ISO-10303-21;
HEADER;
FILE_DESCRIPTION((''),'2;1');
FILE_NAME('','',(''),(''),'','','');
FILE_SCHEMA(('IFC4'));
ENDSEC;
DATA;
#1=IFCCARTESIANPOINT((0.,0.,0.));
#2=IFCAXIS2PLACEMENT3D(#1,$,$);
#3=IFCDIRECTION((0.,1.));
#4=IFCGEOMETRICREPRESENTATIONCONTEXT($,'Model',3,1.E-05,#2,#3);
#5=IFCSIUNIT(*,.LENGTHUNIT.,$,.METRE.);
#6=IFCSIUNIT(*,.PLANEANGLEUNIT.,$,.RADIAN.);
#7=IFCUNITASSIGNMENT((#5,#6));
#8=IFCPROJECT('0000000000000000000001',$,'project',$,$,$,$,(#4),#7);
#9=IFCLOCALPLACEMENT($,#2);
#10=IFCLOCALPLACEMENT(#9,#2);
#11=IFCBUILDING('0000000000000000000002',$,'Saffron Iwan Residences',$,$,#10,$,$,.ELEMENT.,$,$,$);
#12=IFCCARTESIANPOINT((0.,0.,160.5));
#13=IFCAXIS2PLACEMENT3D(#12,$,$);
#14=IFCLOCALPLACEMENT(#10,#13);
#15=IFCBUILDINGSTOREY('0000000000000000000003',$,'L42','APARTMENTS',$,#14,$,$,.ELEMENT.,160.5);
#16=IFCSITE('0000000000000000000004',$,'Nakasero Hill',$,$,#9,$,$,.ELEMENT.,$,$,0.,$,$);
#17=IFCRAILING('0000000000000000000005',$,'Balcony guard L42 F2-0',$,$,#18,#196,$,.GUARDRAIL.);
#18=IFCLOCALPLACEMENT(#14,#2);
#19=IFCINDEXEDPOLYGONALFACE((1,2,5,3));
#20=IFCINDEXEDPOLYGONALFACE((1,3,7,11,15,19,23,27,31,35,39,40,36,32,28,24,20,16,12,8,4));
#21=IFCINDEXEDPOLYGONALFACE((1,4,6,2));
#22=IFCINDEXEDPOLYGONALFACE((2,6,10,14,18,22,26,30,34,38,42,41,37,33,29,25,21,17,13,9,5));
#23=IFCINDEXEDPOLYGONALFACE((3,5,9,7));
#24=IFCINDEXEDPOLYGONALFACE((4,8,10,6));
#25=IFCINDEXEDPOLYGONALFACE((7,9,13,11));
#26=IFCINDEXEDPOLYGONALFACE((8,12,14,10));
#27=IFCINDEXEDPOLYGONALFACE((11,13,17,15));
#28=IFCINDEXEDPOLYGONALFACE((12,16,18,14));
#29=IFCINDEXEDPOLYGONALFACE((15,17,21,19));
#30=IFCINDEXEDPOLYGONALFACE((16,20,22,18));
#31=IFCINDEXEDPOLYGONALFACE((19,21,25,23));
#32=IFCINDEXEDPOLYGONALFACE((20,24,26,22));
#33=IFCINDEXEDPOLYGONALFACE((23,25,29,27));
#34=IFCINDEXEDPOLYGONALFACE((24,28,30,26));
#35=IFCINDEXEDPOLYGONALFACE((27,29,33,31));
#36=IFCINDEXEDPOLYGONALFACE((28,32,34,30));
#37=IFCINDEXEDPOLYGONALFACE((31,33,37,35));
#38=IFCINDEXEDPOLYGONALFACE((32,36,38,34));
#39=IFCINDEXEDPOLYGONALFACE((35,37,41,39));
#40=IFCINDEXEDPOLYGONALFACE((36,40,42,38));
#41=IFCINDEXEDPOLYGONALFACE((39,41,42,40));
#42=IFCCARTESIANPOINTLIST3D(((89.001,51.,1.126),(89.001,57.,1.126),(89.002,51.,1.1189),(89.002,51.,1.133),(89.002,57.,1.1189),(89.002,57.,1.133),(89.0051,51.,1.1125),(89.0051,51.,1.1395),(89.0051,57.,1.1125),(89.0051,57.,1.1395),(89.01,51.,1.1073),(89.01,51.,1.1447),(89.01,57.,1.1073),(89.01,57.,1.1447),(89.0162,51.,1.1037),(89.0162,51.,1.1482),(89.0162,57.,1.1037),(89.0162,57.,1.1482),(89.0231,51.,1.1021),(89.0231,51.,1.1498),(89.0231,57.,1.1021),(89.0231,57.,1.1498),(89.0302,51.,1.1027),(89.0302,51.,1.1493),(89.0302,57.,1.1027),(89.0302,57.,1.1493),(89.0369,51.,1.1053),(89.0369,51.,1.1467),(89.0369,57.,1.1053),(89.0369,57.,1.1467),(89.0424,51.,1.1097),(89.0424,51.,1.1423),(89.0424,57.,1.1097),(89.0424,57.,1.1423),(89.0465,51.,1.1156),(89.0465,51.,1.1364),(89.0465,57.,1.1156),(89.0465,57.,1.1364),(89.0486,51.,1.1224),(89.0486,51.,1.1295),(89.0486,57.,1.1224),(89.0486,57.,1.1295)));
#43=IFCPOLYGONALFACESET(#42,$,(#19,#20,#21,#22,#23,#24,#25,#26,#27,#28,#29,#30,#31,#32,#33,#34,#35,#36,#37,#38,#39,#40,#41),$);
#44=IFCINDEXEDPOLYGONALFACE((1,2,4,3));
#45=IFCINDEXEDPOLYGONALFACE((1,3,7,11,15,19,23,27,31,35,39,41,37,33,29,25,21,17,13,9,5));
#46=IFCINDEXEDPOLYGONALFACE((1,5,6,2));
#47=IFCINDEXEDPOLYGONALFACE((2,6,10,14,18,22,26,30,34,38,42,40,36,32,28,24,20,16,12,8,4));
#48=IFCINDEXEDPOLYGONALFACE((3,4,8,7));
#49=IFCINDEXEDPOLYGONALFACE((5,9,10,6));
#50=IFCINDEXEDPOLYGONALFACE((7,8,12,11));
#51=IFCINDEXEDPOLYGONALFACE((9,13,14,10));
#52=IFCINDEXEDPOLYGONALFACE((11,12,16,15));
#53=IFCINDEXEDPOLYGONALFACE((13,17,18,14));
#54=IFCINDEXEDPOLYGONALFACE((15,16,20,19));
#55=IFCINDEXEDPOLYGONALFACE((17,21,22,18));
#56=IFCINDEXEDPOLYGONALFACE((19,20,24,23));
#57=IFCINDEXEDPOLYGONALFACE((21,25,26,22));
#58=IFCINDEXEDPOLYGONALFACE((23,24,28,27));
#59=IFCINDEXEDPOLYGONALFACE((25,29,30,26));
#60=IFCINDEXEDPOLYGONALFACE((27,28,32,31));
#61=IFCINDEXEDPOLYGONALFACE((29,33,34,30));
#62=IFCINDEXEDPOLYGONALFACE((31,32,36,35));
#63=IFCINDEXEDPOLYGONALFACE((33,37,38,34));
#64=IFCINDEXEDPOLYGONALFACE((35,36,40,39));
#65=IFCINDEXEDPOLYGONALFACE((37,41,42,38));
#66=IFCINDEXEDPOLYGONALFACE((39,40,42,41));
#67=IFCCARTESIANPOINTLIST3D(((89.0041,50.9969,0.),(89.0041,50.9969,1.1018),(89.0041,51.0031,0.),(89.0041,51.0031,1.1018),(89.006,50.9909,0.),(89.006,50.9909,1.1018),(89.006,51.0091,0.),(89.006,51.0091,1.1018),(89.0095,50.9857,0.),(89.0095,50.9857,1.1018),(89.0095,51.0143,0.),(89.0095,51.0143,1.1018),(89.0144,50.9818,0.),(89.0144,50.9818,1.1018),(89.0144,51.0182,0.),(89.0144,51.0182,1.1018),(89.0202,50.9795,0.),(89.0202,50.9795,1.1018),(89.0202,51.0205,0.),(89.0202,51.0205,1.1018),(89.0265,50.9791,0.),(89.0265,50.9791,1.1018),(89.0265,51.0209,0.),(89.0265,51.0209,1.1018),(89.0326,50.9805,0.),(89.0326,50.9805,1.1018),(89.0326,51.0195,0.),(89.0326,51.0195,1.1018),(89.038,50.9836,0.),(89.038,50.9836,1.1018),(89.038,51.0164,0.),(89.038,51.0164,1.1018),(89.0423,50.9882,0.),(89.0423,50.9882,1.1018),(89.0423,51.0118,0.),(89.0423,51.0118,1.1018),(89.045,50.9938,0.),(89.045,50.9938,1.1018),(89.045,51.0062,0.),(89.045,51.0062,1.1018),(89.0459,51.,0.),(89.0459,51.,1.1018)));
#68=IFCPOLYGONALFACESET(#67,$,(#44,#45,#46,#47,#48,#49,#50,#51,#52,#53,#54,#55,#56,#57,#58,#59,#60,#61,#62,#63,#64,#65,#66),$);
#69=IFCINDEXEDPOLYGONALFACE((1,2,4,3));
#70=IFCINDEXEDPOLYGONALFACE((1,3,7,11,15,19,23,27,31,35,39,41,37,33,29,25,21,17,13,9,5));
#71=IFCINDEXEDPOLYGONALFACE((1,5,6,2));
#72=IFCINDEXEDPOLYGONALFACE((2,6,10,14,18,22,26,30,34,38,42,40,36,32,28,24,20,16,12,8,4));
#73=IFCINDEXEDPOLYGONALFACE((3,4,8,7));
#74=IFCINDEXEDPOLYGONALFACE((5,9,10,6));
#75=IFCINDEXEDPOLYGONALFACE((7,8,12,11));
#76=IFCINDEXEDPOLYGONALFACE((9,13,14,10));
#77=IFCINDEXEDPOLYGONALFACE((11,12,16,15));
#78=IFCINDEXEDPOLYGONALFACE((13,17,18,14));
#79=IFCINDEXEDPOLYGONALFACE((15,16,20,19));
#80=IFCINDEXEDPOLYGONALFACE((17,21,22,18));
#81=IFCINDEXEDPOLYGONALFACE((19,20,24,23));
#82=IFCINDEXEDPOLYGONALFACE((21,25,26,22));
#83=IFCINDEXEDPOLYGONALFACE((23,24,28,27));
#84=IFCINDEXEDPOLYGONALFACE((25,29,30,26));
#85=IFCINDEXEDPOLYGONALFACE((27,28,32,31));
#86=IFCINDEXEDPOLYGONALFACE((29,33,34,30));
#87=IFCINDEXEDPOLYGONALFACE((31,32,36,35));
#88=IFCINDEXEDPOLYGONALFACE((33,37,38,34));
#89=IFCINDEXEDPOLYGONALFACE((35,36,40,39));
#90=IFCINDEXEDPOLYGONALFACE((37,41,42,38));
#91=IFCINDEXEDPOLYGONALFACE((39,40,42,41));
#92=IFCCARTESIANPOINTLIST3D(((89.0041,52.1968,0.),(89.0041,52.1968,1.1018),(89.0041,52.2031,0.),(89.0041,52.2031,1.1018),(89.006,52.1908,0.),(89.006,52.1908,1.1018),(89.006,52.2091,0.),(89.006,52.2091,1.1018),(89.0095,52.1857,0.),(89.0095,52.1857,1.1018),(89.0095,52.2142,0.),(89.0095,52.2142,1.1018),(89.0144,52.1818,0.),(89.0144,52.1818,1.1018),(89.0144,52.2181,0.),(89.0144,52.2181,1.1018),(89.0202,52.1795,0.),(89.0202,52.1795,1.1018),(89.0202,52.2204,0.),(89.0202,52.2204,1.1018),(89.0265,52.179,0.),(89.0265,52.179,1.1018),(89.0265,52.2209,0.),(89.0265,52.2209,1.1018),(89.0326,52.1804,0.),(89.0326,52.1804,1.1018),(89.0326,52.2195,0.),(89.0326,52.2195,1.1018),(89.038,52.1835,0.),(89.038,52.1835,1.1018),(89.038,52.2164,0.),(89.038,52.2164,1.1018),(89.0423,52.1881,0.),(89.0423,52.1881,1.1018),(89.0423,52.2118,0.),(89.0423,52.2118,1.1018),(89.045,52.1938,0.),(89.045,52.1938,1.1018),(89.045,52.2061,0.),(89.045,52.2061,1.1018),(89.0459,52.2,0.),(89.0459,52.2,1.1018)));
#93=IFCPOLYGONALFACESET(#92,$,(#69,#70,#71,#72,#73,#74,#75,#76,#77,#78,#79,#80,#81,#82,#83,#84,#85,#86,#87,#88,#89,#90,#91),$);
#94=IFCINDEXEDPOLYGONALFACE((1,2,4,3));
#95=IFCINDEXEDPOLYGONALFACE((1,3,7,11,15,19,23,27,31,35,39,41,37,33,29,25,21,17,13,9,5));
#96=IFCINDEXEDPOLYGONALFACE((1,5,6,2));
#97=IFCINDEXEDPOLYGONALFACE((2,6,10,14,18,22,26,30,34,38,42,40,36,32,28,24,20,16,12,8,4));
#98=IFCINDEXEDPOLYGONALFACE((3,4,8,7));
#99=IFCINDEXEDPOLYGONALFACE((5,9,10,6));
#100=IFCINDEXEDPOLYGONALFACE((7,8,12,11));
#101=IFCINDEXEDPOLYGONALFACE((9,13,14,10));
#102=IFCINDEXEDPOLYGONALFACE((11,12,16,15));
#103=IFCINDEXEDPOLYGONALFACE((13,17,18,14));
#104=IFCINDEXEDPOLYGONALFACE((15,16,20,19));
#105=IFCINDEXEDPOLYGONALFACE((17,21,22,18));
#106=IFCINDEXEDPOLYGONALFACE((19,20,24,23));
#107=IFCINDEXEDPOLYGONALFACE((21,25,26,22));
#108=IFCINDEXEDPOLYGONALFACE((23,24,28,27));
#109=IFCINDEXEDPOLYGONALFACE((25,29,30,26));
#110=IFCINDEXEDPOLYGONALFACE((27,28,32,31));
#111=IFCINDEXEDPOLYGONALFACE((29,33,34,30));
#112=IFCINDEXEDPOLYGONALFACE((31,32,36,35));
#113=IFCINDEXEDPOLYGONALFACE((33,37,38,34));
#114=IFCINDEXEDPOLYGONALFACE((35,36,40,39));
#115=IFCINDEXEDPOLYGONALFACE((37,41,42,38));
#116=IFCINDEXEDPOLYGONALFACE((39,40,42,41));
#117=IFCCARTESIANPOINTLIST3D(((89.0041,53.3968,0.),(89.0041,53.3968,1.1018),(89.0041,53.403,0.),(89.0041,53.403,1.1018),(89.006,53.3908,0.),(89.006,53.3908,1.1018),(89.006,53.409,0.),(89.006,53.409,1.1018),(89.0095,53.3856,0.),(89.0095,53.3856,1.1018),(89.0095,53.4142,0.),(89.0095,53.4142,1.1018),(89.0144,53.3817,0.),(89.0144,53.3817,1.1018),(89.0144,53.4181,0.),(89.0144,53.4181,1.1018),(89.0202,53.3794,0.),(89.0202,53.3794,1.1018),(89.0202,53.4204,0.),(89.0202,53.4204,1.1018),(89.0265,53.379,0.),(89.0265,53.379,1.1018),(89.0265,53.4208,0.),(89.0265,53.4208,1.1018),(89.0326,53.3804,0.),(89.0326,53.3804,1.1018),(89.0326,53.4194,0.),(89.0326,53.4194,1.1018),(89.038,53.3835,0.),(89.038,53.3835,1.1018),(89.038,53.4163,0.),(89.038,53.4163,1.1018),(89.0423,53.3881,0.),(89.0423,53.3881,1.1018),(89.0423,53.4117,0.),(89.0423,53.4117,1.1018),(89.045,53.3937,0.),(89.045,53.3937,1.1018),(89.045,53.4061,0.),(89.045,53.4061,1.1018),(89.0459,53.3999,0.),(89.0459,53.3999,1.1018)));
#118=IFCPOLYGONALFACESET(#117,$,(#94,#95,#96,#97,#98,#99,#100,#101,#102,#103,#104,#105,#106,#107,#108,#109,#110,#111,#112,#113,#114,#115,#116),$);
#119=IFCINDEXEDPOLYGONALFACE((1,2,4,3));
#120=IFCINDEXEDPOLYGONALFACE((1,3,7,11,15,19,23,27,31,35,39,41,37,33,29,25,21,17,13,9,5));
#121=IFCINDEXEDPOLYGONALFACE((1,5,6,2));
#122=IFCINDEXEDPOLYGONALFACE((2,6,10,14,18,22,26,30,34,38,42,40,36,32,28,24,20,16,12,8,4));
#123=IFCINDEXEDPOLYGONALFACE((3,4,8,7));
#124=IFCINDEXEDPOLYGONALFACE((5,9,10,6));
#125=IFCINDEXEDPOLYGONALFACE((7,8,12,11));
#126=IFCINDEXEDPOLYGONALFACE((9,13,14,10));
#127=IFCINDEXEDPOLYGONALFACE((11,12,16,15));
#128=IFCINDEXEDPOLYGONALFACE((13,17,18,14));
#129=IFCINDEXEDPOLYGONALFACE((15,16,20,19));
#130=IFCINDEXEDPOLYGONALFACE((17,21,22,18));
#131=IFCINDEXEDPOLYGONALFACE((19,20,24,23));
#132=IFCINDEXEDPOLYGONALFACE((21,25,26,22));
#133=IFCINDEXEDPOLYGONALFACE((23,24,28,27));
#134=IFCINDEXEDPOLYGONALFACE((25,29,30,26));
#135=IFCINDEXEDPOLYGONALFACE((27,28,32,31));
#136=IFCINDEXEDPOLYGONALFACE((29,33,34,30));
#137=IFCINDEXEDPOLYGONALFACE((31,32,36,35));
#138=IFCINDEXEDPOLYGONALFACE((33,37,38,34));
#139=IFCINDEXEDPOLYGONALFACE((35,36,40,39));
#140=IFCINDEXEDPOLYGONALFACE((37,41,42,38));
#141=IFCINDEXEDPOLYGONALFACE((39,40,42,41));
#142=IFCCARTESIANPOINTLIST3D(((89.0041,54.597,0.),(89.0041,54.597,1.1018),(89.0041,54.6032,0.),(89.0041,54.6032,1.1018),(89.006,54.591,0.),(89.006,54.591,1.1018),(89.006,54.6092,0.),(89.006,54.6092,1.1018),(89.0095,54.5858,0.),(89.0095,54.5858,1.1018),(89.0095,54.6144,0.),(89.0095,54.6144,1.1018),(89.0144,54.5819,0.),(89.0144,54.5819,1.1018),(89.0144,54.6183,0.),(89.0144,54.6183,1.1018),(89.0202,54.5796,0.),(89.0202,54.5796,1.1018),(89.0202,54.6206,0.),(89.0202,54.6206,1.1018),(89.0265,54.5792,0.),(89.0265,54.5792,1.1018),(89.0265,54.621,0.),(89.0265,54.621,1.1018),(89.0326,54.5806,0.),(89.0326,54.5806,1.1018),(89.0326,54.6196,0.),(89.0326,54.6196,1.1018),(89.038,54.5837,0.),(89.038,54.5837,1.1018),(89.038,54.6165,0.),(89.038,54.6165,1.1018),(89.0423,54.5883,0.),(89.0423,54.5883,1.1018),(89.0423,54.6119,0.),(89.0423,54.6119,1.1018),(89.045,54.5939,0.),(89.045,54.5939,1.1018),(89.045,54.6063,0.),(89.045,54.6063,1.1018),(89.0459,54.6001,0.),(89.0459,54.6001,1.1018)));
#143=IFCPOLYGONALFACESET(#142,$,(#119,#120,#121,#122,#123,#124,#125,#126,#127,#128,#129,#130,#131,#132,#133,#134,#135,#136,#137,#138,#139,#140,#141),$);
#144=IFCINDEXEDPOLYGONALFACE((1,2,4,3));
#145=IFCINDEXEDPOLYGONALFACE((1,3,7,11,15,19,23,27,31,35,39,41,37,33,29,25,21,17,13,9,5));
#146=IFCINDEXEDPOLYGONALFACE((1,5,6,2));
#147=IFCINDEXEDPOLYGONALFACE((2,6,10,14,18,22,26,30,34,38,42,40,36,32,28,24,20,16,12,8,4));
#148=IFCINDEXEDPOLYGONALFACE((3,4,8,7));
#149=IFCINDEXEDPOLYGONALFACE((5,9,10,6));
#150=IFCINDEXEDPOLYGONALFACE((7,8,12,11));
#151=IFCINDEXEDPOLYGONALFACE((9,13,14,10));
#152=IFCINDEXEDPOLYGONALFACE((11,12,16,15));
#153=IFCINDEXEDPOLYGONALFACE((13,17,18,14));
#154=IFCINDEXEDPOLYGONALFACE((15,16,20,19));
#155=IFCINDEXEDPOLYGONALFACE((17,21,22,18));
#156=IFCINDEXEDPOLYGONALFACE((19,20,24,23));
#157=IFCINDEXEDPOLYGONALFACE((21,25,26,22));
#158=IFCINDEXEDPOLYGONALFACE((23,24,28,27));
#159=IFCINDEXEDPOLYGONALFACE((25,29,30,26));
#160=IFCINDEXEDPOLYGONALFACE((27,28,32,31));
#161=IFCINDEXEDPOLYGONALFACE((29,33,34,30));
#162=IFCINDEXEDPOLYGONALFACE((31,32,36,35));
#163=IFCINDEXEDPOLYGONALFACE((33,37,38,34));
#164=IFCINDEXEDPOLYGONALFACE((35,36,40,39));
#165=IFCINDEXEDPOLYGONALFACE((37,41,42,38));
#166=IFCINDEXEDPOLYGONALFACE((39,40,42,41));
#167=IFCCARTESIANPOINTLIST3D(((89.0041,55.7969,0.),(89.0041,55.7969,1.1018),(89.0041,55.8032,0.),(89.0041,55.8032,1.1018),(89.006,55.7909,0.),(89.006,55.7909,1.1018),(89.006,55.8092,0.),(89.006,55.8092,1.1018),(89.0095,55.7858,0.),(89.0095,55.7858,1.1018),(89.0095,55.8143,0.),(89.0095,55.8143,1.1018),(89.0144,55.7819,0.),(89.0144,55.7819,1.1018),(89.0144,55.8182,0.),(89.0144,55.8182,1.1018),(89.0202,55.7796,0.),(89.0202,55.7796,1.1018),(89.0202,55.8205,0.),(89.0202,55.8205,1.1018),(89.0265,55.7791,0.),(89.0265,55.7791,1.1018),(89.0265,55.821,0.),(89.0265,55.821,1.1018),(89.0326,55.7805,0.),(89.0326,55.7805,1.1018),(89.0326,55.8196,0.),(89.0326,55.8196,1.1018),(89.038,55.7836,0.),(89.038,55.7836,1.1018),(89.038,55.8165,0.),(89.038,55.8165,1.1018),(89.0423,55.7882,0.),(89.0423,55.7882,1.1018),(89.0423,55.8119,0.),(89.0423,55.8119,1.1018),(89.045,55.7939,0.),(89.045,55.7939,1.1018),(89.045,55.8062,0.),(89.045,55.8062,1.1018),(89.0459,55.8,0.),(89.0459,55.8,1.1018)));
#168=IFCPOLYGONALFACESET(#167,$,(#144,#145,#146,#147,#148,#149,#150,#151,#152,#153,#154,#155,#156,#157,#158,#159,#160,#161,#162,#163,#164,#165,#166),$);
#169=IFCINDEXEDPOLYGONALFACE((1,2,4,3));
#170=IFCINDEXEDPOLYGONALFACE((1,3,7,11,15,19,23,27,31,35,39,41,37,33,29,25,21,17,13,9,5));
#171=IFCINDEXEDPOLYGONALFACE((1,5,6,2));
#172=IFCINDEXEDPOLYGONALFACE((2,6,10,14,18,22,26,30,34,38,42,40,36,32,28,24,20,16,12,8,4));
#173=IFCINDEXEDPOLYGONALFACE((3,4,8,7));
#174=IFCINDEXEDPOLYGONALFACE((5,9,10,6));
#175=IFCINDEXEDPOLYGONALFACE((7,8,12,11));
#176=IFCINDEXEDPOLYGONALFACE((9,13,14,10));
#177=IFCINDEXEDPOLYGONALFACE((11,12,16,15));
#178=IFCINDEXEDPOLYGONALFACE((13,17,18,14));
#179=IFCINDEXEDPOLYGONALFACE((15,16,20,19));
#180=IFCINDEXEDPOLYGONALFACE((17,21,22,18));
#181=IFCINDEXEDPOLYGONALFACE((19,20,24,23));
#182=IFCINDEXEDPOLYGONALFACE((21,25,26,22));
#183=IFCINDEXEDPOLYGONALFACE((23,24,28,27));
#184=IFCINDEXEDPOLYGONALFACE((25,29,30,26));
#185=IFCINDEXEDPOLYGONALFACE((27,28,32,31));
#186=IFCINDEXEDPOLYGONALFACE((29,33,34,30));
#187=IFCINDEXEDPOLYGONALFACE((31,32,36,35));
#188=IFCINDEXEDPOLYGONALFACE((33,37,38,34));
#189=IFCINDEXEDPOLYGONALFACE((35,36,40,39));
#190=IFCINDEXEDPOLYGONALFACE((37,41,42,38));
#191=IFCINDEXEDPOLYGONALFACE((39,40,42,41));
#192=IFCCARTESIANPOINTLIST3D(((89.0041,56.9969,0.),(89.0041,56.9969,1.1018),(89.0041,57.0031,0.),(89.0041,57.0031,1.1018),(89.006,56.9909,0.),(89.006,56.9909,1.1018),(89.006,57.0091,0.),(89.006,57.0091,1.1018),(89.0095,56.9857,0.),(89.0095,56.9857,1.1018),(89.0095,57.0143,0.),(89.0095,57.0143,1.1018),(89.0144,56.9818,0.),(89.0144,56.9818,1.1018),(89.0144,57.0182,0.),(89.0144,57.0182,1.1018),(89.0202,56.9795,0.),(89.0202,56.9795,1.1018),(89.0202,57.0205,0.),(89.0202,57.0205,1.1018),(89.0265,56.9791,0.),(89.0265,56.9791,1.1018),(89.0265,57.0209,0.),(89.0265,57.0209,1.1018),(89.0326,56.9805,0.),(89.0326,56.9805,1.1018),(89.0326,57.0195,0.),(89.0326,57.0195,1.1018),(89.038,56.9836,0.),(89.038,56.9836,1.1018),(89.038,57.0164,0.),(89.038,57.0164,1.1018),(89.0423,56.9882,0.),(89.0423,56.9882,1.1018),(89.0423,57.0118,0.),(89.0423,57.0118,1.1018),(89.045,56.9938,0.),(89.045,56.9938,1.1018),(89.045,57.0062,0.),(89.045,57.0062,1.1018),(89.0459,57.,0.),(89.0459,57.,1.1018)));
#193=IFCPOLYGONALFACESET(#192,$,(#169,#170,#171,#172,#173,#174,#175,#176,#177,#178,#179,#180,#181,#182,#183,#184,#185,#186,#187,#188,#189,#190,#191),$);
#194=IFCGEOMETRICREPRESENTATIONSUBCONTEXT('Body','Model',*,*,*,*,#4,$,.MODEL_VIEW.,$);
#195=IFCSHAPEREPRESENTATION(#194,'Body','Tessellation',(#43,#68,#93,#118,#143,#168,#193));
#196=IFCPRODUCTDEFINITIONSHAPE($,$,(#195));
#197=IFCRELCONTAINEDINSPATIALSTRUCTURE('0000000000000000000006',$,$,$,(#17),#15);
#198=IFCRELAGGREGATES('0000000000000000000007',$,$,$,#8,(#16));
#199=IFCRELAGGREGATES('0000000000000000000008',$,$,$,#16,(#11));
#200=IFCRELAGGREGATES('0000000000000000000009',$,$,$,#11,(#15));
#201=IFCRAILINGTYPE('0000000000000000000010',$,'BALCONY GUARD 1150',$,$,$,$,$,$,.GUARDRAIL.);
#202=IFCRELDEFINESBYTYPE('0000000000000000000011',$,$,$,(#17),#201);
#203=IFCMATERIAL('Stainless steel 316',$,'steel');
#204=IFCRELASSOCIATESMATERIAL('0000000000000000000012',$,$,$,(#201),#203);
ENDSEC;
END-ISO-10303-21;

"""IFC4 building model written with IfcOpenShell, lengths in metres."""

from ifc_helpers import new_model, si_unit, direction, frame, origin, origin_2d, place, context, subcontext, project, spatial, circle, extrude, material, type_object, element, save


model = new_model("IFC4")

# Units and contexts
model_context = context("Model", 3, precision=1e-05, world=origin(), true_north=direction((0.0, 1.0)))
body_context = subcontext(model_context, "Body", "Model", "MODEL_VIEW")
ifc_project = project(units=[si_unit("LENGTHUNIT", "METRE"), si_unit("PLANEANGLEUNIT", "RADIAN")], contexts=[model_context])

# Site, building, storey
site_placement = place(None, origin())
site = spatial("IfcSite", under=ifc_project, at=site_placement, Name="Nakasero Hill", CompositionType="ELEMENT", RefElevation=0.0)
building_placement = place(site_placement, origin())
building = spatial("IfcBuilding", under=site, at=building_placement, Name="Saffron Iwan Residences", CompositionType="ELEMENT")
storey_placement = place(building_placement, frame((0.0, 0.0, 160.5)))
storey = spatial("IfcBuildingStorey", under=building, at=storey_placement, Name="L42", Description="APARTMENTS", CompositionType="ELEMENT", Elevation=160.5)

# Railing
ifc_material_1 = material(Name="Stainless steel 316", Category="steel")
railing_type = type_object("IfcRailingType", Name="BALCONY GUARD 1150", PredefinedType="GUARDRAIL", material=ifc_material_1)
railing_placement = place(storey_placement, frame((89.0249, 51.0, 0.0)))
element("IfcRailing", 1, at=railing_placement, inside=storey, type_object=railing_type, Name="Balcony guard L42 F2-0", PredefinedType="GUARDRAIL", context=body_context, shape_type="SweptSolid", body=[
    extrude(circle(Radius=0.0239, at=origin_2d()), frame((0.0, 0.0, 1.126), z_axis=(0.0, 1.0, 0.0), x_axis=(-1.0, 0.0, 0.0)), (0.0, 0.0, 1.0), 6.0),
    extrude(circle(Radius=0.021, at=origin_2d()), origin(), (0.0, 0.0, 1.0), 1.1018),
    extrude(circle(Radius=0.021, at=origin_2d()), frame((0.0, 1.2, 0.0)), (0.0, 0.0, 1.0), 1.1018),
    extrude(circle(Radius=0.021, at=origin_2d()), frame((0.0, 2.3999, 0.0)), (0.0, 0.0, 1.0), 1.1018),
    extrude(circle(Radius=0.021, at=origin_2d()), frame((0.0, 3.6001, 0.0)), (0.0, 0.0, 1.0), 1.1018),
    extrude(circle(Radius=0.021, at=origin_2d()), frame((0.0, 4.8, 0.0)), (0.0, 0.0, 1.0), 1.1018),
    extrude(circle(Radius=0.021, at=origin_2d()), frame((0.0, 6.0, 0.0)), (0.0, 0.0, 1.0), 1.1018),
])

save(model, "model.ifc")
